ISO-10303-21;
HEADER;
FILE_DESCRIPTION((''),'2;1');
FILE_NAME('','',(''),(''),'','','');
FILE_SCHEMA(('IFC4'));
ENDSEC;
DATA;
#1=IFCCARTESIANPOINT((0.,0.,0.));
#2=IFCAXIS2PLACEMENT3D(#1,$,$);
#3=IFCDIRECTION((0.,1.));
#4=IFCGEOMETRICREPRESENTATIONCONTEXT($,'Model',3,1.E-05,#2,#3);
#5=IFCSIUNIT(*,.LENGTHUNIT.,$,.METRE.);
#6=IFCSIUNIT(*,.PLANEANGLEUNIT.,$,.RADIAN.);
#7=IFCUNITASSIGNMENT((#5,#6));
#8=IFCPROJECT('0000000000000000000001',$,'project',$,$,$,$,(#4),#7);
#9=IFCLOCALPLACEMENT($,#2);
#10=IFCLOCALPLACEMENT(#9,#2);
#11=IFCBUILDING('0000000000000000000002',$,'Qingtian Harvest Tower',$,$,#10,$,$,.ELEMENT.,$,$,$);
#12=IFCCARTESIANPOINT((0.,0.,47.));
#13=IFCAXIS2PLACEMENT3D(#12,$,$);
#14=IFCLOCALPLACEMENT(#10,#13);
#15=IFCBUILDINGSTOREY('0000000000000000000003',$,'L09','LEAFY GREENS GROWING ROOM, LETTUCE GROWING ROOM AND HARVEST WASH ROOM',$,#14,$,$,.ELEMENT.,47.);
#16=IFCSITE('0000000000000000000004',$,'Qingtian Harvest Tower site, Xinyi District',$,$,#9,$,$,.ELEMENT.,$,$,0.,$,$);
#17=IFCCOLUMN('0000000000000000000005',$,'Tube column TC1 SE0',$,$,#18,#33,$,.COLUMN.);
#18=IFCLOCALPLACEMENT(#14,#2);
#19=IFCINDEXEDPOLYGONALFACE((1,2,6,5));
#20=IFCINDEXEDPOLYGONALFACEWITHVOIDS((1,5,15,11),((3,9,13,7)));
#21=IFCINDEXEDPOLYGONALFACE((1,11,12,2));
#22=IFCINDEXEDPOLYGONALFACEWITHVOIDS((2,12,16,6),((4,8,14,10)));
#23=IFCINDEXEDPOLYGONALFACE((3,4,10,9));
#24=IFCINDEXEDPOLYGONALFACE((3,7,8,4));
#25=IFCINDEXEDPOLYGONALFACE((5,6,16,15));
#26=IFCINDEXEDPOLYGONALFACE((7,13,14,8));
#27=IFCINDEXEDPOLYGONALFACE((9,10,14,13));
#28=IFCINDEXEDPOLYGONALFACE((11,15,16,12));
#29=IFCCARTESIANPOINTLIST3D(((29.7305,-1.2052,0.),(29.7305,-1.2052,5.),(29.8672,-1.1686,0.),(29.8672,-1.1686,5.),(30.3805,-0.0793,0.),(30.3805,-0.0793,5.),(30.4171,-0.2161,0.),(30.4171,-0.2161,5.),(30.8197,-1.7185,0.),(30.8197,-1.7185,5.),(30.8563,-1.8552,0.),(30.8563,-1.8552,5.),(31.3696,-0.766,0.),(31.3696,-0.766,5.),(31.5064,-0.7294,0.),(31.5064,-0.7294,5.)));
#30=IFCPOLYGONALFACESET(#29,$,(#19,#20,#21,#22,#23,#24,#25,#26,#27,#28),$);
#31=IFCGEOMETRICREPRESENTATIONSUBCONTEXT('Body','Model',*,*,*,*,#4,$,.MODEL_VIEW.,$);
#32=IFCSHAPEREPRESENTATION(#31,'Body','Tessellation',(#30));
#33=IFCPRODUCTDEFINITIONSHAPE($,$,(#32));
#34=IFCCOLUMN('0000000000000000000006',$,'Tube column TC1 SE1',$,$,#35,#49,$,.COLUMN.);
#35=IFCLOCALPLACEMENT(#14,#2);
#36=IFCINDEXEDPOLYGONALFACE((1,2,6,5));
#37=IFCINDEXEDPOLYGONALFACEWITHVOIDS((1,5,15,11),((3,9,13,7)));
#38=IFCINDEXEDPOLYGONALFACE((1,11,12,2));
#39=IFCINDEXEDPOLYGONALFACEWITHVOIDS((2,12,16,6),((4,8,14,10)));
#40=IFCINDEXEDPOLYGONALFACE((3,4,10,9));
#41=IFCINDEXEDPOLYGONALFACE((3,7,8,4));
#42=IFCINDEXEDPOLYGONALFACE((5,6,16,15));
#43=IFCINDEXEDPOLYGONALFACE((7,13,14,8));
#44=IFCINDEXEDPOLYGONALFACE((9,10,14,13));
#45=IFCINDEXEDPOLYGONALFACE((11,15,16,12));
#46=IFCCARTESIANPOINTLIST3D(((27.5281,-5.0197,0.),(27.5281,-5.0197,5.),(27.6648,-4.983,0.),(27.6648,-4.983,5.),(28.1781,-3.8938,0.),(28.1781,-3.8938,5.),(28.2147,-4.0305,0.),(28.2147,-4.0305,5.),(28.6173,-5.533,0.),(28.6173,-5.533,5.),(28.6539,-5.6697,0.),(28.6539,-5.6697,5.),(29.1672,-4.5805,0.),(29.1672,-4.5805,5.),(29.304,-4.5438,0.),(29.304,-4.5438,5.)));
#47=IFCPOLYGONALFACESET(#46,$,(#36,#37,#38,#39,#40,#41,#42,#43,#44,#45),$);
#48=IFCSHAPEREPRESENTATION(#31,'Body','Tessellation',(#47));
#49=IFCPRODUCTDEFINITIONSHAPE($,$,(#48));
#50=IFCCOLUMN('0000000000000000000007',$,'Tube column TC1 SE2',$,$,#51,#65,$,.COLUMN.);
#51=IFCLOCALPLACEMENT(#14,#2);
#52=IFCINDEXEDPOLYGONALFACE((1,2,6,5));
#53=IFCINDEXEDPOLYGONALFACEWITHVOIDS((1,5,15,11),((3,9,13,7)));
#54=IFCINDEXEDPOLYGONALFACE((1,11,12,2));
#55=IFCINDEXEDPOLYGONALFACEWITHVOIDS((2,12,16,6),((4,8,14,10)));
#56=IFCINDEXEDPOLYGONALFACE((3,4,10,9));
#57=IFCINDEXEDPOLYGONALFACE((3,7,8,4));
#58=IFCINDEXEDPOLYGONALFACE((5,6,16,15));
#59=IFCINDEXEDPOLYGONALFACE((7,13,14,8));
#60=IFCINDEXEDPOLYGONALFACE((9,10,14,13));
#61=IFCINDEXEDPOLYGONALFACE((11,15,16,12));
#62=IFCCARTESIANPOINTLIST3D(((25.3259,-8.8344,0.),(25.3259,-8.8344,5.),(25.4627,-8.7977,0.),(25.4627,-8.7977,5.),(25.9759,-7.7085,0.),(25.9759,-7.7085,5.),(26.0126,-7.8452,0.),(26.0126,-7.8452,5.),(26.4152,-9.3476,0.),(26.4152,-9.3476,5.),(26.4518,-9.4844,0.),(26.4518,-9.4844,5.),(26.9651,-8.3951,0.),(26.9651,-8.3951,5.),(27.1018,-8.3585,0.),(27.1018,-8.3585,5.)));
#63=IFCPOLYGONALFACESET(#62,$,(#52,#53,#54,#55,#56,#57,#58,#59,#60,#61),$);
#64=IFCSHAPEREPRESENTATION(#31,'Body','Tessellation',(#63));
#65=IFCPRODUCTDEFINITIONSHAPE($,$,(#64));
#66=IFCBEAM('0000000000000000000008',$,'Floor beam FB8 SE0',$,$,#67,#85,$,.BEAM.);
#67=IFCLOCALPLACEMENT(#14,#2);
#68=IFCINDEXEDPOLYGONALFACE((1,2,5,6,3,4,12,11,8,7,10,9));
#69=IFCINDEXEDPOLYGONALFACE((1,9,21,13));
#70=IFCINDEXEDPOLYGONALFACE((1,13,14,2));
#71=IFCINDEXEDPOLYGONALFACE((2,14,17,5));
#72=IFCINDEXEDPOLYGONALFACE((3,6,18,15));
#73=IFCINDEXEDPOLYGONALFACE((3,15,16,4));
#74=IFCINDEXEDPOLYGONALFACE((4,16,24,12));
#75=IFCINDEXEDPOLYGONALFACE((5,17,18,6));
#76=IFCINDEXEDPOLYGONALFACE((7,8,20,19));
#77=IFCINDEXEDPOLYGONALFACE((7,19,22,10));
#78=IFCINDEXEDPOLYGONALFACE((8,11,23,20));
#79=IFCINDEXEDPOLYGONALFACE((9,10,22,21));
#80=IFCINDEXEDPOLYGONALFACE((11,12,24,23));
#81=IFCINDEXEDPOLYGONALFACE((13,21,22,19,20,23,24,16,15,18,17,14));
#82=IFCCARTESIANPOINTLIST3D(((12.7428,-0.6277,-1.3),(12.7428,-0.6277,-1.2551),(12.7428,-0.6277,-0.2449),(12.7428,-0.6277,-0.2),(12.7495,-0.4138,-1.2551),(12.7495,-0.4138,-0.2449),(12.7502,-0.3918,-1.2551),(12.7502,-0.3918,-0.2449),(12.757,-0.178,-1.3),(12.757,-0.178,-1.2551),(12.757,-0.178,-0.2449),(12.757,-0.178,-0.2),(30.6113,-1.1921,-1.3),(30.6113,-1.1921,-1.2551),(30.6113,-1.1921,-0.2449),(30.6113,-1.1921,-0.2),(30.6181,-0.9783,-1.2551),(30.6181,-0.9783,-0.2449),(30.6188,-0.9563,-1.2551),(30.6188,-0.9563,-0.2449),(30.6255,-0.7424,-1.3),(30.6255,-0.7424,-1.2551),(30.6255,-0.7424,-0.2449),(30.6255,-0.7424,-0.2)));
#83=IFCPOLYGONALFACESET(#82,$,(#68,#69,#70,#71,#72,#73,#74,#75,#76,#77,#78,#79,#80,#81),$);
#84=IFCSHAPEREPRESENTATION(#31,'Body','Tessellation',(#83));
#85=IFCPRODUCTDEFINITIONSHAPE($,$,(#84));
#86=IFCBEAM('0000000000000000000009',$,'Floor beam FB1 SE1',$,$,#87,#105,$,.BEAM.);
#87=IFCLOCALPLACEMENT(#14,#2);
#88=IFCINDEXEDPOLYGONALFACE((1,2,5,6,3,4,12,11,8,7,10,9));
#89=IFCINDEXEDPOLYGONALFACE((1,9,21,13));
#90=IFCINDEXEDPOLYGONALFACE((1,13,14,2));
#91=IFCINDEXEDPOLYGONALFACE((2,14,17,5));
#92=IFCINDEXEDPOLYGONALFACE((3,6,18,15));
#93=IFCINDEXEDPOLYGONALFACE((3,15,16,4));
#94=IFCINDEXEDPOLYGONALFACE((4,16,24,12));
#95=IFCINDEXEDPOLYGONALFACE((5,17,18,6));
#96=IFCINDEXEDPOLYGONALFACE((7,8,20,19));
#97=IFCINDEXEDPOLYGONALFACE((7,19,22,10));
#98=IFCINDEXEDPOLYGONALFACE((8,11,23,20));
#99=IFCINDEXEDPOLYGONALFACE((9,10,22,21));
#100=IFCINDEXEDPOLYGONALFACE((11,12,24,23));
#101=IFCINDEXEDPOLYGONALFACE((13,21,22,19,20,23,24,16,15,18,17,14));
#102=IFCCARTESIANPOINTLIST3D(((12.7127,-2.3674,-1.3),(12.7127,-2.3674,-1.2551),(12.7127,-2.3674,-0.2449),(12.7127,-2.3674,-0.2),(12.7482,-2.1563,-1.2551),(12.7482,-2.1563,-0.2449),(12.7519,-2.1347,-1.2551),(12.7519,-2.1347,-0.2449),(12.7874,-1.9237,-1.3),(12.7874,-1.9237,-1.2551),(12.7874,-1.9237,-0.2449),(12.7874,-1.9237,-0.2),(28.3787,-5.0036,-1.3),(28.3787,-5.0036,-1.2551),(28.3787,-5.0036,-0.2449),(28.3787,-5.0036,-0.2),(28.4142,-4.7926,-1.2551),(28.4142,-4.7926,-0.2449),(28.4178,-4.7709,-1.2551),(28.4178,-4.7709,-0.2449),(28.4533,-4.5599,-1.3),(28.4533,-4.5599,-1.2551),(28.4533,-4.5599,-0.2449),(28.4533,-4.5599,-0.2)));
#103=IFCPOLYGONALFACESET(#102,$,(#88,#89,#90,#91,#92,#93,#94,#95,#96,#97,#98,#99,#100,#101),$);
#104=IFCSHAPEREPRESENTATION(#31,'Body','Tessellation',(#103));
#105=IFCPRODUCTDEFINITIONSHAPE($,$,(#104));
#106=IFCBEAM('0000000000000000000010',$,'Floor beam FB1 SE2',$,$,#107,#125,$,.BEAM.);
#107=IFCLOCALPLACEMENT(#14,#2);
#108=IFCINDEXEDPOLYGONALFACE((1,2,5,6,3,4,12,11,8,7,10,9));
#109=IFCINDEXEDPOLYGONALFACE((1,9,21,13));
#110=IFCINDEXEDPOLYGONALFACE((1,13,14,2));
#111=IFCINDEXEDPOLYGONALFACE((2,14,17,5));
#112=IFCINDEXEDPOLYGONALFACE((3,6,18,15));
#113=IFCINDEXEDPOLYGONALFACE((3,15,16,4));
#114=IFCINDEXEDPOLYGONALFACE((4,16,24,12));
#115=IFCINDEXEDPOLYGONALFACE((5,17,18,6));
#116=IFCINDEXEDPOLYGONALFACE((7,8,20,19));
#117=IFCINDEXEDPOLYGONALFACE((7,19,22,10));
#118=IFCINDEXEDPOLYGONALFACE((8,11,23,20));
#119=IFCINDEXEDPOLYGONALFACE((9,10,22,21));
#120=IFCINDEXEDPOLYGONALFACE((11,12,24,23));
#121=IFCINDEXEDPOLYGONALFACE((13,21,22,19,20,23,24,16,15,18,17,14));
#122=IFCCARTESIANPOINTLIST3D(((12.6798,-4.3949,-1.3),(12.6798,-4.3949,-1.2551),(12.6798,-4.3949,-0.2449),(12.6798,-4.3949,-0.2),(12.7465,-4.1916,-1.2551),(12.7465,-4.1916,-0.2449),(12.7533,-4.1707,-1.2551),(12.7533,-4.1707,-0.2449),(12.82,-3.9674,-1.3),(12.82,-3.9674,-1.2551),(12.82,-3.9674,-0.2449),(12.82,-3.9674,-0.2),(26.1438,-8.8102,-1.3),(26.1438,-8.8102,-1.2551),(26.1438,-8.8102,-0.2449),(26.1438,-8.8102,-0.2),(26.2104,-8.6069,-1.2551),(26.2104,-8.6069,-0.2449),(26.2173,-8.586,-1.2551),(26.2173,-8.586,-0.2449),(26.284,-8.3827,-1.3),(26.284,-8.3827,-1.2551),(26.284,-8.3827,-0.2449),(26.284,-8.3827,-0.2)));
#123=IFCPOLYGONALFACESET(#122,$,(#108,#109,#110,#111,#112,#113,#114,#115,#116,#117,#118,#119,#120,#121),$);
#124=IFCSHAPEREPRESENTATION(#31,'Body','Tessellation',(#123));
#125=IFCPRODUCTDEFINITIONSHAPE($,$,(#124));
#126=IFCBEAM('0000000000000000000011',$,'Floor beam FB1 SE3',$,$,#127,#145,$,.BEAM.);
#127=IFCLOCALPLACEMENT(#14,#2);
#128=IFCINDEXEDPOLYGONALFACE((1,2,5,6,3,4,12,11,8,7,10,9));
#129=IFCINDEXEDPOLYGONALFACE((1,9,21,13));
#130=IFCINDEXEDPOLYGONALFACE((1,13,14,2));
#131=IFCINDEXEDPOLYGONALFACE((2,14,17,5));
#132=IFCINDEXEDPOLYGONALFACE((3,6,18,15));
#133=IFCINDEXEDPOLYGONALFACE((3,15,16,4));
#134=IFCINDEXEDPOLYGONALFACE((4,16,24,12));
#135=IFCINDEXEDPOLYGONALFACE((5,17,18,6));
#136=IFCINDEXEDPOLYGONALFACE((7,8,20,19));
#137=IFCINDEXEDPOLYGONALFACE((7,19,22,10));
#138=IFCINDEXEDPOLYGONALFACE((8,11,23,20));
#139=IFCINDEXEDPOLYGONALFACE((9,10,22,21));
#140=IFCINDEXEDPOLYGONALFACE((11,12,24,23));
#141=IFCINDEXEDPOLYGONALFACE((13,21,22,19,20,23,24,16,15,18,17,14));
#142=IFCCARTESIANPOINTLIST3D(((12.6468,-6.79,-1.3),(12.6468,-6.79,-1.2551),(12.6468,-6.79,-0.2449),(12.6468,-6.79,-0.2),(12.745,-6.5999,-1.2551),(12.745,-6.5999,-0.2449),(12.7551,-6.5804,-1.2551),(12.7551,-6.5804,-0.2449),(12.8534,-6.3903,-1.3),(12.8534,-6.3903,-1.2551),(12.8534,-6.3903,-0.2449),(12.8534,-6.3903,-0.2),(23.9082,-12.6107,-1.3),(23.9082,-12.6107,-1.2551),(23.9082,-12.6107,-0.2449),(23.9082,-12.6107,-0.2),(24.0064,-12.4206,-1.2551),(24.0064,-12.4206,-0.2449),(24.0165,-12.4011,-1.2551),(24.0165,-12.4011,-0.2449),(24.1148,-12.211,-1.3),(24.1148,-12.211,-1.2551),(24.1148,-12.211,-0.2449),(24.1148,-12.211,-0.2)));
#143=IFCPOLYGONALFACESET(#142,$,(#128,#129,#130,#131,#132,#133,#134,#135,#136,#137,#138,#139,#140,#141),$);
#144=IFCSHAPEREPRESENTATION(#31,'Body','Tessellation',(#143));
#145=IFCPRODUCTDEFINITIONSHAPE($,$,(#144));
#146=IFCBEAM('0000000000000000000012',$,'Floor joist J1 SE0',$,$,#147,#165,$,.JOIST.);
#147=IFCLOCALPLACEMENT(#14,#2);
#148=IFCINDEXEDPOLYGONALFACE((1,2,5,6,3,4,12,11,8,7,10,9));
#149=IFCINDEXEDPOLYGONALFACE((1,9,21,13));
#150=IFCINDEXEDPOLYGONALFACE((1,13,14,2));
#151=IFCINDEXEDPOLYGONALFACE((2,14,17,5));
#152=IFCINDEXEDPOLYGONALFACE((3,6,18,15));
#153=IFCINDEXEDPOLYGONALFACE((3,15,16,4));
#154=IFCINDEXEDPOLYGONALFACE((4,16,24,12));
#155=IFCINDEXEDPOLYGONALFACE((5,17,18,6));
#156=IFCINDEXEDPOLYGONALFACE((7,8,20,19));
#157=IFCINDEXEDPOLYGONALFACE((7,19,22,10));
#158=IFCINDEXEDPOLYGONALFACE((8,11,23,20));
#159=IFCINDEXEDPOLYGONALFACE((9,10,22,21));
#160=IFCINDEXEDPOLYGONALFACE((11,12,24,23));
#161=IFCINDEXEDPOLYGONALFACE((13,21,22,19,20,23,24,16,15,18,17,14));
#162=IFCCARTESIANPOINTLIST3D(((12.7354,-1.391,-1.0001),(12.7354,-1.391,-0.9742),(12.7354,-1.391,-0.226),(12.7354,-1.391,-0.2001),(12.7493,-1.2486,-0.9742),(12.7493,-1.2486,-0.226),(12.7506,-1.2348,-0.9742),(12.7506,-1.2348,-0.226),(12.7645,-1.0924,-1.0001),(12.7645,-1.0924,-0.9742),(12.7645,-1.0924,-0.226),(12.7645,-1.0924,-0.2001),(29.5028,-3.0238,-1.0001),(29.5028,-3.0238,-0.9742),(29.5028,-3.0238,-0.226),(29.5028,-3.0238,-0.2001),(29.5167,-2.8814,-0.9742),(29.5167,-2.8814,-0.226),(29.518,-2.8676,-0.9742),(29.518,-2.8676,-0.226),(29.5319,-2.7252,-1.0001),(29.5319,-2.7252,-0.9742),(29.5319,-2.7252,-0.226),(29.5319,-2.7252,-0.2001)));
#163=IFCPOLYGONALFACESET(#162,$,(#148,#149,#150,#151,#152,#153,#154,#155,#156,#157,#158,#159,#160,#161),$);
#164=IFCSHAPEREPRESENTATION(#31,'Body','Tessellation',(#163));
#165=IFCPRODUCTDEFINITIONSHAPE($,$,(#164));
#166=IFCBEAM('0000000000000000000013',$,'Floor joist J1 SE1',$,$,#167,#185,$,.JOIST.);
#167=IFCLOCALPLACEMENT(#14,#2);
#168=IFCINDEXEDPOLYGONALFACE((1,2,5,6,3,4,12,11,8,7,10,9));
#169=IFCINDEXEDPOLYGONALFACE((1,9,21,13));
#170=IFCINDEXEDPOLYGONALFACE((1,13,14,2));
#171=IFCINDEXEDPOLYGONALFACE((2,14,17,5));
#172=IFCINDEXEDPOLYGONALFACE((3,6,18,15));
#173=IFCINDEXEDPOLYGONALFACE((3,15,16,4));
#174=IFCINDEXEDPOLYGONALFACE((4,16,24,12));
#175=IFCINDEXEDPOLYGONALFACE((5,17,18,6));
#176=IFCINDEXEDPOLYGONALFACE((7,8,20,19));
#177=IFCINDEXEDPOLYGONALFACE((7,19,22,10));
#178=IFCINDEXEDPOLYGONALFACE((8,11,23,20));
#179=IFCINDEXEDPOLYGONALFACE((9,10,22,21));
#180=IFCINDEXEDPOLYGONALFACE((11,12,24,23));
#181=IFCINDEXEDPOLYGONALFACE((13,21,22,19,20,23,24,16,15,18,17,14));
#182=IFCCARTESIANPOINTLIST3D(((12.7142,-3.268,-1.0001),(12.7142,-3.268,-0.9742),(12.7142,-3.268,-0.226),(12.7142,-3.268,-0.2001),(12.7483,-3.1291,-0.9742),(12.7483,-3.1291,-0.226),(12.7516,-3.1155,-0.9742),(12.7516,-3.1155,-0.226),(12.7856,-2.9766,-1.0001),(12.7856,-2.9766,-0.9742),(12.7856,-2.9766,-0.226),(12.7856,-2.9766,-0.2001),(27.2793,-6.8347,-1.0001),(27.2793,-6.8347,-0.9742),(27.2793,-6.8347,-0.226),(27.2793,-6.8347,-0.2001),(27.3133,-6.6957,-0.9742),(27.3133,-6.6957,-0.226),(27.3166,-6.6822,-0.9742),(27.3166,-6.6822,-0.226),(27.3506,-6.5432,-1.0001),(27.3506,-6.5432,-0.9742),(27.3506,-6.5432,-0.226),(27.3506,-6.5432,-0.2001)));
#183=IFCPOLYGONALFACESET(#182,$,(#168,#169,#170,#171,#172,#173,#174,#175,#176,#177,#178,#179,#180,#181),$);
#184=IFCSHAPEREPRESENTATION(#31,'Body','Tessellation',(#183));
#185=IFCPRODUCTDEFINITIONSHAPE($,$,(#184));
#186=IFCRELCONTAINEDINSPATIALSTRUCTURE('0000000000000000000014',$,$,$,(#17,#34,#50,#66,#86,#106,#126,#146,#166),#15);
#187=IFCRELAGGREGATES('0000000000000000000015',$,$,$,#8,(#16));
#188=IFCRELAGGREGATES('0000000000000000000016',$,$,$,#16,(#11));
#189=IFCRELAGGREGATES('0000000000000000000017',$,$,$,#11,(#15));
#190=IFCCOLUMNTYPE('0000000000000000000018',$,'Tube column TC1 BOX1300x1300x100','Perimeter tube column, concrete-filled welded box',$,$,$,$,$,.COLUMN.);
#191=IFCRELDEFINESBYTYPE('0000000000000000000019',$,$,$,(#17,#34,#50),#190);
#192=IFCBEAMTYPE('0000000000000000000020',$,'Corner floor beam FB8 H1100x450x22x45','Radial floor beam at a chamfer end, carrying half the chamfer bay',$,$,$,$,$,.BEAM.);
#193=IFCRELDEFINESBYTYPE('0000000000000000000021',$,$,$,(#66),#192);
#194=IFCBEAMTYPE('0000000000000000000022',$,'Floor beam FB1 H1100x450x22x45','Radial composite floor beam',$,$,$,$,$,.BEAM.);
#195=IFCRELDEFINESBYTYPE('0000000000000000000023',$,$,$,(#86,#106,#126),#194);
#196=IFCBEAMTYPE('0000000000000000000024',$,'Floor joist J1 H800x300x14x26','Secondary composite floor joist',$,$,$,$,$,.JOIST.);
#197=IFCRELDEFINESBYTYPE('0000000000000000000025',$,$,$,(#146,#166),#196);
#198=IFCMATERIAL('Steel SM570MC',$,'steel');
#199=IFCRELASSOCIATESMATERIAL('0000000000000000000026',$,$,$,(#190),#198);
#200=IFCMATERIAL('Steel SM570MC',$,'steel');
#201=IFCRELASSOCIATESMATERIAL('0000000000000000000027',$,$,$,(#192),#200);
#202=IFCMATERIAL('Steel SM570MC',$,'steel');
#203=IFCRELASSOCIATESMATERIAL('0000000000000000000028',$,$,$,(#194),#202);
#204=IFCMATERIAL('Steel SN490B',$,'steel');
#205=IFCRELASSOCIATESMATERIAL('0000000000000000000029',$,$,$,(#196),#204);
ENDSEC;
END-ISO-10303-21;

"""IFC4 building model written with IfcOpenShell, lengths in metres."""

from ifc_helpers import new_model, si_unit, direction, frame, origin, origin_2d, place, context, subcontext, project, spatial, hollow_rectangle, i_section, extrude, material, material_profile, profile_set, type_object, element, save


model = new_model("IFC4")

# Units and contexts
model_context = context("Model", 3, precision=1e-05, world=origin(), true_north=direction((0.0, 1.0)))
body_context = subcontext(model_context, "Body", "Model", "MODEL_VIEW")
ifc_project = project(units=[si_unit("LENGTHUNIT", "METRE"), si_unit("PLANEANGLEUNIT", "RADIAN")], contexts=[model_context])

# Site, building, storey
site_placement = place(None, origin())
site = spatial("IfcSite", under=ifc_project, at=site_placement, Name="Qingtian Harvest Tower site, Xinyi District", CompositionType="ELEMENT", RefElevation=0.0)
building_placement = place(site_placement, origin())
building = spatial("IfcBuilding", under=site, at=building_placement, Name="Qingtian Harvest Tower", CompositionType="ELEMENT")
storey_placement = place(building_placement, frame((0.0, 0.0, 47.0)))
storey = spatial("IfcBuildingStorey", under=building, at=storey_placement, Name="L09", Description="LEAFY GREENS GROWING ROOM, LETTUCE GROWING ROOM AND HARVEST WASH ROOM", CompositionType="ELEMENT", Elevation=47.0)

# Columns
ifc_material_1 = material(Name="Steel SM570MC", Category="steel")
ifc_material_profile_1 = material_profile(ifc_material_1, hollow_rectangle(XDim=1.3, YDim=1.3, WallThickness=0.1001, at=origin_2d()), Name="BOX1300x1300x100")
ifc_profile_set_1 = profile_set([ifc_material_profile_1], Name="Steel SM570MC")
column_type = type_object("IfcColumnType", Name="Tube column TC1 BOX1300x1300x100", Description="Perimeter tube column, concrete-filled welded box", PredefinedType="COLUMN", material=ifc_profile_set_1)
for number, where, z_axis, x_axis, name in (
    (1, (30.6184, -0.9673, 0.0), (0.0, 0.0, 1.0), (0.5, 0.866025, 0.0), "Tube column TC1 SE0"),
    (2, (28.416, -4.7817, 0.0), (0.0, 0.0, 1.0), (0.5, 0.866025, 0.0), "Tube column TC1 SE1"),
    (3, (26.2139, -8.5964, 0.0), (0.0, 0.0, 1.0), (0.5, 0.866025, 0.0), "Tube column TC1 SE2"),
):
    element("IfcColumn", number, at=place(storey_placement, frame(where, z_axis=z_axis, x_axis=x_axis)), inside=storey, type_object=column_type, Name=name, PredefinedType="COLUMN", context=body_context, shape_type="SweptSolid", body=[
        extrude(hollow_rectangle(XDim=1.3, YDim=1.3, WallThickness=0.1001, at=origin_2d()), origin(), (0.0, 0.0, 1.0), 5.0),
    ])

# Beams
ifc_material_2 = material(Name="Steel SM570MC", Category="steel")
ifc_material_profile_2 = material_profile(ifc_material_2, i_section(OverallWidth=0.45, OverallDepth=1.1001, WebThickness=0.022, FlangeThickness=0.0449, at=origin_2d()), Name="H1100x450x22x45")
ifc_profile_set_2 = profile_set([ifc_material_profile_2], Name="Steel SM570MC")
beam_type_1 = type_object("IfcBeamType", Name="Corner floor beam FB8 H1100x450x22x45", Description="Radial floor beam at a chamfer end, carrying half the chamfer bay", PredefinedType="BEAM", material=ifc_profile_set_2)
beam_1_placement = place(storey_placement, frame((30.6184, -0.9673, -0.75), z_axis=(-0.999501, 0.031574, 0.0), x_axis=(-0.031574, -0.999501, 0.0)))
element("IfcBeam", 4, at=beam_1_placement, inside=storey, type_object=beam_type_1, Name="Floor beam FB8 SE0", PredefinedType="BEAM", context=body_context, shape_type="SweptSolid", body=[
    extrude(i_section(OverallWidth=0.45, OverallDepth=1.1001, WebThickness=0.022, FlangeThickness=0.0449, at=origin_2d()), origin(), (0.0, 0.0, 1.0), 17.8774),
])
ifc_material_3 = material(Name="Steel SM570MC", Category="steel")
ifc_material_profile_3 = material_profile(ifc_material_3, i_section(OverallWidth=0.45, OverallDepth=1.1001, WebThickness=0.022, FlangeThickness=0.0449, at=origin_2d()), Name="H1100x450x22x45")
ifc_profile_set_3 = profile_set([ifc_material_profile_3], Name="Steel SM570MC")
beam_type_2 = type_object("IfcBeamType", Name="Floor beam FB1 H1100x450x22x45", Description="Radial composite floor beam", PredefinedType="BEAM", material=ifc_profile_set_3)
beam_2_placement = place(storey_placement, frame((28.416, -4.7817, -0.75), z_axis=(-0.986135, 0.165944, 0.0), x_axis=(-0.165944, -0.986135, 0.0)))
element("IfcBeam", 5, at=beam_2_placement, inside=storey, type_object=beam_type_2, Name="Floor beam FB1 SE1", PredefinedType="BEAM", context=body_context, shape_type="SweptSolid", body=[
    extrude(i_section(OverallWidth=0.45, OverallDepth=1.1001, WebThickness=0.022, FlangeThickness=0.0449, at=origin_2d()), origin(), (0.0, 0.0, 1.0), 15.8862),
])
beam_3_placement = place(storey_placement, frame((26.2139, -8.5964, -0.75), z_axis=(-0.950211, 0.311608, 0.0), x_axis=(-0.311608, -0.950211, 0.0)))
element("IfcBeam", 6, at=beam_3_placement, inside=storey, type_object=beam_type_2, Name="Floor beam FB1 SE2", PredefinedType="BEAM", context=body_context, shape_type="SweptSolid", body=[
    extrude(i_section(OverallWidth=0.45, OverallDepth=1.1001, WebThickness=0.022, FlangeThickness=0.0449, at=origin_2d()), origin(), (0.0, 0.0, 1.0), 14.1694),
])
beam_4_placement = place(storey_placement, frame((24.0115, -12.4109, -0.75), z_axis=(-0.88835, 0.459168, 0.0), x_axis=(-0.459168, -0.88835, 0.0)))
element("IfcBeam", 7, at=beam_4_placement, inside=storey, type_object=beam_type_2, Name="Floor beam FB1 SE3", PredefinedType="BEAM", context=body_context, shape_type="SweptSolid", body=[
    extrude(i_section(OverallWidth=0.45, OverallDepth=1.1001, WebThickness=0.022, FlangeThickness=0.0449, at=origin_2d()), origin(), (0.0, 0.0, 1.0), 12.6768),
])
ifc_material_4 = material(Name="Steel SN490B", Category="steel")
ifc_material_profile_4 = material_profile(ifc_material_4, i_section(OverallWidth=0.3, OverallDepth=0.8, WebThickness=0.0139, FlangeThickness=0.0259, at=origin_2d()), Name="H800x300x14x26")
ifc_profile_set_4 = profile_set([ifc_material_profile_4], Name="Steel SN490B")
beam_type_3 = type_object("IfcBeamType", Name="Floor joist J1 H800x300x14x26", Description="Secondary composite floor joist", PredefinedType="JOIST", material=ifc_profile_set_4)
beam_5_placement = place(storey_placement, frame((29.5173, -2.8745, -0.6001), z_axis=(-0.995292, 0.096922, 0.0), x_axis=(-0.096922, -0.995292, 0.0)))
element("IfcBeam", 8, at=beam_5_placement, inside=storey, type_object=beam_type_3, Name="Floor joist J1 SE0", PredefinedType="JOIST", context=body_context, shape_type="SweptSolid", body=[
    extrude(i_section(OverallWidth=0.3, OverallDepth=0.8, WebThickness=0.0139, FlangeThickness=0.0259, at=origin_2d()), origin(), (0.0, 0.0, 1.0), 16.8467),
])
beam_6_placement = place(storey_placement, frame((27.3149, -6.689, -0.6001), z_axis=(-0.971302, 0.237851, 0.0), x_axis=(-0.237851, -0.971302, 0.0)))
element("IfcBeam", 9, at=beam_6_placement, inside=storey, type_object=beam_type_3, Name="Floor joist J1 SE1", PredefinedType="JOIST", context=body_context, shape_type="SweptSolid", body=[
    extrude(i_section(OverallWidth=0.3, OverallDepth=0.8, WebThickness=0.0139, FlangeThickness=0.0259, at=origin_2d()), origin(), (0.0, 0.0, 1.0), 14.9954),
])

save(model, "model.ifc")
